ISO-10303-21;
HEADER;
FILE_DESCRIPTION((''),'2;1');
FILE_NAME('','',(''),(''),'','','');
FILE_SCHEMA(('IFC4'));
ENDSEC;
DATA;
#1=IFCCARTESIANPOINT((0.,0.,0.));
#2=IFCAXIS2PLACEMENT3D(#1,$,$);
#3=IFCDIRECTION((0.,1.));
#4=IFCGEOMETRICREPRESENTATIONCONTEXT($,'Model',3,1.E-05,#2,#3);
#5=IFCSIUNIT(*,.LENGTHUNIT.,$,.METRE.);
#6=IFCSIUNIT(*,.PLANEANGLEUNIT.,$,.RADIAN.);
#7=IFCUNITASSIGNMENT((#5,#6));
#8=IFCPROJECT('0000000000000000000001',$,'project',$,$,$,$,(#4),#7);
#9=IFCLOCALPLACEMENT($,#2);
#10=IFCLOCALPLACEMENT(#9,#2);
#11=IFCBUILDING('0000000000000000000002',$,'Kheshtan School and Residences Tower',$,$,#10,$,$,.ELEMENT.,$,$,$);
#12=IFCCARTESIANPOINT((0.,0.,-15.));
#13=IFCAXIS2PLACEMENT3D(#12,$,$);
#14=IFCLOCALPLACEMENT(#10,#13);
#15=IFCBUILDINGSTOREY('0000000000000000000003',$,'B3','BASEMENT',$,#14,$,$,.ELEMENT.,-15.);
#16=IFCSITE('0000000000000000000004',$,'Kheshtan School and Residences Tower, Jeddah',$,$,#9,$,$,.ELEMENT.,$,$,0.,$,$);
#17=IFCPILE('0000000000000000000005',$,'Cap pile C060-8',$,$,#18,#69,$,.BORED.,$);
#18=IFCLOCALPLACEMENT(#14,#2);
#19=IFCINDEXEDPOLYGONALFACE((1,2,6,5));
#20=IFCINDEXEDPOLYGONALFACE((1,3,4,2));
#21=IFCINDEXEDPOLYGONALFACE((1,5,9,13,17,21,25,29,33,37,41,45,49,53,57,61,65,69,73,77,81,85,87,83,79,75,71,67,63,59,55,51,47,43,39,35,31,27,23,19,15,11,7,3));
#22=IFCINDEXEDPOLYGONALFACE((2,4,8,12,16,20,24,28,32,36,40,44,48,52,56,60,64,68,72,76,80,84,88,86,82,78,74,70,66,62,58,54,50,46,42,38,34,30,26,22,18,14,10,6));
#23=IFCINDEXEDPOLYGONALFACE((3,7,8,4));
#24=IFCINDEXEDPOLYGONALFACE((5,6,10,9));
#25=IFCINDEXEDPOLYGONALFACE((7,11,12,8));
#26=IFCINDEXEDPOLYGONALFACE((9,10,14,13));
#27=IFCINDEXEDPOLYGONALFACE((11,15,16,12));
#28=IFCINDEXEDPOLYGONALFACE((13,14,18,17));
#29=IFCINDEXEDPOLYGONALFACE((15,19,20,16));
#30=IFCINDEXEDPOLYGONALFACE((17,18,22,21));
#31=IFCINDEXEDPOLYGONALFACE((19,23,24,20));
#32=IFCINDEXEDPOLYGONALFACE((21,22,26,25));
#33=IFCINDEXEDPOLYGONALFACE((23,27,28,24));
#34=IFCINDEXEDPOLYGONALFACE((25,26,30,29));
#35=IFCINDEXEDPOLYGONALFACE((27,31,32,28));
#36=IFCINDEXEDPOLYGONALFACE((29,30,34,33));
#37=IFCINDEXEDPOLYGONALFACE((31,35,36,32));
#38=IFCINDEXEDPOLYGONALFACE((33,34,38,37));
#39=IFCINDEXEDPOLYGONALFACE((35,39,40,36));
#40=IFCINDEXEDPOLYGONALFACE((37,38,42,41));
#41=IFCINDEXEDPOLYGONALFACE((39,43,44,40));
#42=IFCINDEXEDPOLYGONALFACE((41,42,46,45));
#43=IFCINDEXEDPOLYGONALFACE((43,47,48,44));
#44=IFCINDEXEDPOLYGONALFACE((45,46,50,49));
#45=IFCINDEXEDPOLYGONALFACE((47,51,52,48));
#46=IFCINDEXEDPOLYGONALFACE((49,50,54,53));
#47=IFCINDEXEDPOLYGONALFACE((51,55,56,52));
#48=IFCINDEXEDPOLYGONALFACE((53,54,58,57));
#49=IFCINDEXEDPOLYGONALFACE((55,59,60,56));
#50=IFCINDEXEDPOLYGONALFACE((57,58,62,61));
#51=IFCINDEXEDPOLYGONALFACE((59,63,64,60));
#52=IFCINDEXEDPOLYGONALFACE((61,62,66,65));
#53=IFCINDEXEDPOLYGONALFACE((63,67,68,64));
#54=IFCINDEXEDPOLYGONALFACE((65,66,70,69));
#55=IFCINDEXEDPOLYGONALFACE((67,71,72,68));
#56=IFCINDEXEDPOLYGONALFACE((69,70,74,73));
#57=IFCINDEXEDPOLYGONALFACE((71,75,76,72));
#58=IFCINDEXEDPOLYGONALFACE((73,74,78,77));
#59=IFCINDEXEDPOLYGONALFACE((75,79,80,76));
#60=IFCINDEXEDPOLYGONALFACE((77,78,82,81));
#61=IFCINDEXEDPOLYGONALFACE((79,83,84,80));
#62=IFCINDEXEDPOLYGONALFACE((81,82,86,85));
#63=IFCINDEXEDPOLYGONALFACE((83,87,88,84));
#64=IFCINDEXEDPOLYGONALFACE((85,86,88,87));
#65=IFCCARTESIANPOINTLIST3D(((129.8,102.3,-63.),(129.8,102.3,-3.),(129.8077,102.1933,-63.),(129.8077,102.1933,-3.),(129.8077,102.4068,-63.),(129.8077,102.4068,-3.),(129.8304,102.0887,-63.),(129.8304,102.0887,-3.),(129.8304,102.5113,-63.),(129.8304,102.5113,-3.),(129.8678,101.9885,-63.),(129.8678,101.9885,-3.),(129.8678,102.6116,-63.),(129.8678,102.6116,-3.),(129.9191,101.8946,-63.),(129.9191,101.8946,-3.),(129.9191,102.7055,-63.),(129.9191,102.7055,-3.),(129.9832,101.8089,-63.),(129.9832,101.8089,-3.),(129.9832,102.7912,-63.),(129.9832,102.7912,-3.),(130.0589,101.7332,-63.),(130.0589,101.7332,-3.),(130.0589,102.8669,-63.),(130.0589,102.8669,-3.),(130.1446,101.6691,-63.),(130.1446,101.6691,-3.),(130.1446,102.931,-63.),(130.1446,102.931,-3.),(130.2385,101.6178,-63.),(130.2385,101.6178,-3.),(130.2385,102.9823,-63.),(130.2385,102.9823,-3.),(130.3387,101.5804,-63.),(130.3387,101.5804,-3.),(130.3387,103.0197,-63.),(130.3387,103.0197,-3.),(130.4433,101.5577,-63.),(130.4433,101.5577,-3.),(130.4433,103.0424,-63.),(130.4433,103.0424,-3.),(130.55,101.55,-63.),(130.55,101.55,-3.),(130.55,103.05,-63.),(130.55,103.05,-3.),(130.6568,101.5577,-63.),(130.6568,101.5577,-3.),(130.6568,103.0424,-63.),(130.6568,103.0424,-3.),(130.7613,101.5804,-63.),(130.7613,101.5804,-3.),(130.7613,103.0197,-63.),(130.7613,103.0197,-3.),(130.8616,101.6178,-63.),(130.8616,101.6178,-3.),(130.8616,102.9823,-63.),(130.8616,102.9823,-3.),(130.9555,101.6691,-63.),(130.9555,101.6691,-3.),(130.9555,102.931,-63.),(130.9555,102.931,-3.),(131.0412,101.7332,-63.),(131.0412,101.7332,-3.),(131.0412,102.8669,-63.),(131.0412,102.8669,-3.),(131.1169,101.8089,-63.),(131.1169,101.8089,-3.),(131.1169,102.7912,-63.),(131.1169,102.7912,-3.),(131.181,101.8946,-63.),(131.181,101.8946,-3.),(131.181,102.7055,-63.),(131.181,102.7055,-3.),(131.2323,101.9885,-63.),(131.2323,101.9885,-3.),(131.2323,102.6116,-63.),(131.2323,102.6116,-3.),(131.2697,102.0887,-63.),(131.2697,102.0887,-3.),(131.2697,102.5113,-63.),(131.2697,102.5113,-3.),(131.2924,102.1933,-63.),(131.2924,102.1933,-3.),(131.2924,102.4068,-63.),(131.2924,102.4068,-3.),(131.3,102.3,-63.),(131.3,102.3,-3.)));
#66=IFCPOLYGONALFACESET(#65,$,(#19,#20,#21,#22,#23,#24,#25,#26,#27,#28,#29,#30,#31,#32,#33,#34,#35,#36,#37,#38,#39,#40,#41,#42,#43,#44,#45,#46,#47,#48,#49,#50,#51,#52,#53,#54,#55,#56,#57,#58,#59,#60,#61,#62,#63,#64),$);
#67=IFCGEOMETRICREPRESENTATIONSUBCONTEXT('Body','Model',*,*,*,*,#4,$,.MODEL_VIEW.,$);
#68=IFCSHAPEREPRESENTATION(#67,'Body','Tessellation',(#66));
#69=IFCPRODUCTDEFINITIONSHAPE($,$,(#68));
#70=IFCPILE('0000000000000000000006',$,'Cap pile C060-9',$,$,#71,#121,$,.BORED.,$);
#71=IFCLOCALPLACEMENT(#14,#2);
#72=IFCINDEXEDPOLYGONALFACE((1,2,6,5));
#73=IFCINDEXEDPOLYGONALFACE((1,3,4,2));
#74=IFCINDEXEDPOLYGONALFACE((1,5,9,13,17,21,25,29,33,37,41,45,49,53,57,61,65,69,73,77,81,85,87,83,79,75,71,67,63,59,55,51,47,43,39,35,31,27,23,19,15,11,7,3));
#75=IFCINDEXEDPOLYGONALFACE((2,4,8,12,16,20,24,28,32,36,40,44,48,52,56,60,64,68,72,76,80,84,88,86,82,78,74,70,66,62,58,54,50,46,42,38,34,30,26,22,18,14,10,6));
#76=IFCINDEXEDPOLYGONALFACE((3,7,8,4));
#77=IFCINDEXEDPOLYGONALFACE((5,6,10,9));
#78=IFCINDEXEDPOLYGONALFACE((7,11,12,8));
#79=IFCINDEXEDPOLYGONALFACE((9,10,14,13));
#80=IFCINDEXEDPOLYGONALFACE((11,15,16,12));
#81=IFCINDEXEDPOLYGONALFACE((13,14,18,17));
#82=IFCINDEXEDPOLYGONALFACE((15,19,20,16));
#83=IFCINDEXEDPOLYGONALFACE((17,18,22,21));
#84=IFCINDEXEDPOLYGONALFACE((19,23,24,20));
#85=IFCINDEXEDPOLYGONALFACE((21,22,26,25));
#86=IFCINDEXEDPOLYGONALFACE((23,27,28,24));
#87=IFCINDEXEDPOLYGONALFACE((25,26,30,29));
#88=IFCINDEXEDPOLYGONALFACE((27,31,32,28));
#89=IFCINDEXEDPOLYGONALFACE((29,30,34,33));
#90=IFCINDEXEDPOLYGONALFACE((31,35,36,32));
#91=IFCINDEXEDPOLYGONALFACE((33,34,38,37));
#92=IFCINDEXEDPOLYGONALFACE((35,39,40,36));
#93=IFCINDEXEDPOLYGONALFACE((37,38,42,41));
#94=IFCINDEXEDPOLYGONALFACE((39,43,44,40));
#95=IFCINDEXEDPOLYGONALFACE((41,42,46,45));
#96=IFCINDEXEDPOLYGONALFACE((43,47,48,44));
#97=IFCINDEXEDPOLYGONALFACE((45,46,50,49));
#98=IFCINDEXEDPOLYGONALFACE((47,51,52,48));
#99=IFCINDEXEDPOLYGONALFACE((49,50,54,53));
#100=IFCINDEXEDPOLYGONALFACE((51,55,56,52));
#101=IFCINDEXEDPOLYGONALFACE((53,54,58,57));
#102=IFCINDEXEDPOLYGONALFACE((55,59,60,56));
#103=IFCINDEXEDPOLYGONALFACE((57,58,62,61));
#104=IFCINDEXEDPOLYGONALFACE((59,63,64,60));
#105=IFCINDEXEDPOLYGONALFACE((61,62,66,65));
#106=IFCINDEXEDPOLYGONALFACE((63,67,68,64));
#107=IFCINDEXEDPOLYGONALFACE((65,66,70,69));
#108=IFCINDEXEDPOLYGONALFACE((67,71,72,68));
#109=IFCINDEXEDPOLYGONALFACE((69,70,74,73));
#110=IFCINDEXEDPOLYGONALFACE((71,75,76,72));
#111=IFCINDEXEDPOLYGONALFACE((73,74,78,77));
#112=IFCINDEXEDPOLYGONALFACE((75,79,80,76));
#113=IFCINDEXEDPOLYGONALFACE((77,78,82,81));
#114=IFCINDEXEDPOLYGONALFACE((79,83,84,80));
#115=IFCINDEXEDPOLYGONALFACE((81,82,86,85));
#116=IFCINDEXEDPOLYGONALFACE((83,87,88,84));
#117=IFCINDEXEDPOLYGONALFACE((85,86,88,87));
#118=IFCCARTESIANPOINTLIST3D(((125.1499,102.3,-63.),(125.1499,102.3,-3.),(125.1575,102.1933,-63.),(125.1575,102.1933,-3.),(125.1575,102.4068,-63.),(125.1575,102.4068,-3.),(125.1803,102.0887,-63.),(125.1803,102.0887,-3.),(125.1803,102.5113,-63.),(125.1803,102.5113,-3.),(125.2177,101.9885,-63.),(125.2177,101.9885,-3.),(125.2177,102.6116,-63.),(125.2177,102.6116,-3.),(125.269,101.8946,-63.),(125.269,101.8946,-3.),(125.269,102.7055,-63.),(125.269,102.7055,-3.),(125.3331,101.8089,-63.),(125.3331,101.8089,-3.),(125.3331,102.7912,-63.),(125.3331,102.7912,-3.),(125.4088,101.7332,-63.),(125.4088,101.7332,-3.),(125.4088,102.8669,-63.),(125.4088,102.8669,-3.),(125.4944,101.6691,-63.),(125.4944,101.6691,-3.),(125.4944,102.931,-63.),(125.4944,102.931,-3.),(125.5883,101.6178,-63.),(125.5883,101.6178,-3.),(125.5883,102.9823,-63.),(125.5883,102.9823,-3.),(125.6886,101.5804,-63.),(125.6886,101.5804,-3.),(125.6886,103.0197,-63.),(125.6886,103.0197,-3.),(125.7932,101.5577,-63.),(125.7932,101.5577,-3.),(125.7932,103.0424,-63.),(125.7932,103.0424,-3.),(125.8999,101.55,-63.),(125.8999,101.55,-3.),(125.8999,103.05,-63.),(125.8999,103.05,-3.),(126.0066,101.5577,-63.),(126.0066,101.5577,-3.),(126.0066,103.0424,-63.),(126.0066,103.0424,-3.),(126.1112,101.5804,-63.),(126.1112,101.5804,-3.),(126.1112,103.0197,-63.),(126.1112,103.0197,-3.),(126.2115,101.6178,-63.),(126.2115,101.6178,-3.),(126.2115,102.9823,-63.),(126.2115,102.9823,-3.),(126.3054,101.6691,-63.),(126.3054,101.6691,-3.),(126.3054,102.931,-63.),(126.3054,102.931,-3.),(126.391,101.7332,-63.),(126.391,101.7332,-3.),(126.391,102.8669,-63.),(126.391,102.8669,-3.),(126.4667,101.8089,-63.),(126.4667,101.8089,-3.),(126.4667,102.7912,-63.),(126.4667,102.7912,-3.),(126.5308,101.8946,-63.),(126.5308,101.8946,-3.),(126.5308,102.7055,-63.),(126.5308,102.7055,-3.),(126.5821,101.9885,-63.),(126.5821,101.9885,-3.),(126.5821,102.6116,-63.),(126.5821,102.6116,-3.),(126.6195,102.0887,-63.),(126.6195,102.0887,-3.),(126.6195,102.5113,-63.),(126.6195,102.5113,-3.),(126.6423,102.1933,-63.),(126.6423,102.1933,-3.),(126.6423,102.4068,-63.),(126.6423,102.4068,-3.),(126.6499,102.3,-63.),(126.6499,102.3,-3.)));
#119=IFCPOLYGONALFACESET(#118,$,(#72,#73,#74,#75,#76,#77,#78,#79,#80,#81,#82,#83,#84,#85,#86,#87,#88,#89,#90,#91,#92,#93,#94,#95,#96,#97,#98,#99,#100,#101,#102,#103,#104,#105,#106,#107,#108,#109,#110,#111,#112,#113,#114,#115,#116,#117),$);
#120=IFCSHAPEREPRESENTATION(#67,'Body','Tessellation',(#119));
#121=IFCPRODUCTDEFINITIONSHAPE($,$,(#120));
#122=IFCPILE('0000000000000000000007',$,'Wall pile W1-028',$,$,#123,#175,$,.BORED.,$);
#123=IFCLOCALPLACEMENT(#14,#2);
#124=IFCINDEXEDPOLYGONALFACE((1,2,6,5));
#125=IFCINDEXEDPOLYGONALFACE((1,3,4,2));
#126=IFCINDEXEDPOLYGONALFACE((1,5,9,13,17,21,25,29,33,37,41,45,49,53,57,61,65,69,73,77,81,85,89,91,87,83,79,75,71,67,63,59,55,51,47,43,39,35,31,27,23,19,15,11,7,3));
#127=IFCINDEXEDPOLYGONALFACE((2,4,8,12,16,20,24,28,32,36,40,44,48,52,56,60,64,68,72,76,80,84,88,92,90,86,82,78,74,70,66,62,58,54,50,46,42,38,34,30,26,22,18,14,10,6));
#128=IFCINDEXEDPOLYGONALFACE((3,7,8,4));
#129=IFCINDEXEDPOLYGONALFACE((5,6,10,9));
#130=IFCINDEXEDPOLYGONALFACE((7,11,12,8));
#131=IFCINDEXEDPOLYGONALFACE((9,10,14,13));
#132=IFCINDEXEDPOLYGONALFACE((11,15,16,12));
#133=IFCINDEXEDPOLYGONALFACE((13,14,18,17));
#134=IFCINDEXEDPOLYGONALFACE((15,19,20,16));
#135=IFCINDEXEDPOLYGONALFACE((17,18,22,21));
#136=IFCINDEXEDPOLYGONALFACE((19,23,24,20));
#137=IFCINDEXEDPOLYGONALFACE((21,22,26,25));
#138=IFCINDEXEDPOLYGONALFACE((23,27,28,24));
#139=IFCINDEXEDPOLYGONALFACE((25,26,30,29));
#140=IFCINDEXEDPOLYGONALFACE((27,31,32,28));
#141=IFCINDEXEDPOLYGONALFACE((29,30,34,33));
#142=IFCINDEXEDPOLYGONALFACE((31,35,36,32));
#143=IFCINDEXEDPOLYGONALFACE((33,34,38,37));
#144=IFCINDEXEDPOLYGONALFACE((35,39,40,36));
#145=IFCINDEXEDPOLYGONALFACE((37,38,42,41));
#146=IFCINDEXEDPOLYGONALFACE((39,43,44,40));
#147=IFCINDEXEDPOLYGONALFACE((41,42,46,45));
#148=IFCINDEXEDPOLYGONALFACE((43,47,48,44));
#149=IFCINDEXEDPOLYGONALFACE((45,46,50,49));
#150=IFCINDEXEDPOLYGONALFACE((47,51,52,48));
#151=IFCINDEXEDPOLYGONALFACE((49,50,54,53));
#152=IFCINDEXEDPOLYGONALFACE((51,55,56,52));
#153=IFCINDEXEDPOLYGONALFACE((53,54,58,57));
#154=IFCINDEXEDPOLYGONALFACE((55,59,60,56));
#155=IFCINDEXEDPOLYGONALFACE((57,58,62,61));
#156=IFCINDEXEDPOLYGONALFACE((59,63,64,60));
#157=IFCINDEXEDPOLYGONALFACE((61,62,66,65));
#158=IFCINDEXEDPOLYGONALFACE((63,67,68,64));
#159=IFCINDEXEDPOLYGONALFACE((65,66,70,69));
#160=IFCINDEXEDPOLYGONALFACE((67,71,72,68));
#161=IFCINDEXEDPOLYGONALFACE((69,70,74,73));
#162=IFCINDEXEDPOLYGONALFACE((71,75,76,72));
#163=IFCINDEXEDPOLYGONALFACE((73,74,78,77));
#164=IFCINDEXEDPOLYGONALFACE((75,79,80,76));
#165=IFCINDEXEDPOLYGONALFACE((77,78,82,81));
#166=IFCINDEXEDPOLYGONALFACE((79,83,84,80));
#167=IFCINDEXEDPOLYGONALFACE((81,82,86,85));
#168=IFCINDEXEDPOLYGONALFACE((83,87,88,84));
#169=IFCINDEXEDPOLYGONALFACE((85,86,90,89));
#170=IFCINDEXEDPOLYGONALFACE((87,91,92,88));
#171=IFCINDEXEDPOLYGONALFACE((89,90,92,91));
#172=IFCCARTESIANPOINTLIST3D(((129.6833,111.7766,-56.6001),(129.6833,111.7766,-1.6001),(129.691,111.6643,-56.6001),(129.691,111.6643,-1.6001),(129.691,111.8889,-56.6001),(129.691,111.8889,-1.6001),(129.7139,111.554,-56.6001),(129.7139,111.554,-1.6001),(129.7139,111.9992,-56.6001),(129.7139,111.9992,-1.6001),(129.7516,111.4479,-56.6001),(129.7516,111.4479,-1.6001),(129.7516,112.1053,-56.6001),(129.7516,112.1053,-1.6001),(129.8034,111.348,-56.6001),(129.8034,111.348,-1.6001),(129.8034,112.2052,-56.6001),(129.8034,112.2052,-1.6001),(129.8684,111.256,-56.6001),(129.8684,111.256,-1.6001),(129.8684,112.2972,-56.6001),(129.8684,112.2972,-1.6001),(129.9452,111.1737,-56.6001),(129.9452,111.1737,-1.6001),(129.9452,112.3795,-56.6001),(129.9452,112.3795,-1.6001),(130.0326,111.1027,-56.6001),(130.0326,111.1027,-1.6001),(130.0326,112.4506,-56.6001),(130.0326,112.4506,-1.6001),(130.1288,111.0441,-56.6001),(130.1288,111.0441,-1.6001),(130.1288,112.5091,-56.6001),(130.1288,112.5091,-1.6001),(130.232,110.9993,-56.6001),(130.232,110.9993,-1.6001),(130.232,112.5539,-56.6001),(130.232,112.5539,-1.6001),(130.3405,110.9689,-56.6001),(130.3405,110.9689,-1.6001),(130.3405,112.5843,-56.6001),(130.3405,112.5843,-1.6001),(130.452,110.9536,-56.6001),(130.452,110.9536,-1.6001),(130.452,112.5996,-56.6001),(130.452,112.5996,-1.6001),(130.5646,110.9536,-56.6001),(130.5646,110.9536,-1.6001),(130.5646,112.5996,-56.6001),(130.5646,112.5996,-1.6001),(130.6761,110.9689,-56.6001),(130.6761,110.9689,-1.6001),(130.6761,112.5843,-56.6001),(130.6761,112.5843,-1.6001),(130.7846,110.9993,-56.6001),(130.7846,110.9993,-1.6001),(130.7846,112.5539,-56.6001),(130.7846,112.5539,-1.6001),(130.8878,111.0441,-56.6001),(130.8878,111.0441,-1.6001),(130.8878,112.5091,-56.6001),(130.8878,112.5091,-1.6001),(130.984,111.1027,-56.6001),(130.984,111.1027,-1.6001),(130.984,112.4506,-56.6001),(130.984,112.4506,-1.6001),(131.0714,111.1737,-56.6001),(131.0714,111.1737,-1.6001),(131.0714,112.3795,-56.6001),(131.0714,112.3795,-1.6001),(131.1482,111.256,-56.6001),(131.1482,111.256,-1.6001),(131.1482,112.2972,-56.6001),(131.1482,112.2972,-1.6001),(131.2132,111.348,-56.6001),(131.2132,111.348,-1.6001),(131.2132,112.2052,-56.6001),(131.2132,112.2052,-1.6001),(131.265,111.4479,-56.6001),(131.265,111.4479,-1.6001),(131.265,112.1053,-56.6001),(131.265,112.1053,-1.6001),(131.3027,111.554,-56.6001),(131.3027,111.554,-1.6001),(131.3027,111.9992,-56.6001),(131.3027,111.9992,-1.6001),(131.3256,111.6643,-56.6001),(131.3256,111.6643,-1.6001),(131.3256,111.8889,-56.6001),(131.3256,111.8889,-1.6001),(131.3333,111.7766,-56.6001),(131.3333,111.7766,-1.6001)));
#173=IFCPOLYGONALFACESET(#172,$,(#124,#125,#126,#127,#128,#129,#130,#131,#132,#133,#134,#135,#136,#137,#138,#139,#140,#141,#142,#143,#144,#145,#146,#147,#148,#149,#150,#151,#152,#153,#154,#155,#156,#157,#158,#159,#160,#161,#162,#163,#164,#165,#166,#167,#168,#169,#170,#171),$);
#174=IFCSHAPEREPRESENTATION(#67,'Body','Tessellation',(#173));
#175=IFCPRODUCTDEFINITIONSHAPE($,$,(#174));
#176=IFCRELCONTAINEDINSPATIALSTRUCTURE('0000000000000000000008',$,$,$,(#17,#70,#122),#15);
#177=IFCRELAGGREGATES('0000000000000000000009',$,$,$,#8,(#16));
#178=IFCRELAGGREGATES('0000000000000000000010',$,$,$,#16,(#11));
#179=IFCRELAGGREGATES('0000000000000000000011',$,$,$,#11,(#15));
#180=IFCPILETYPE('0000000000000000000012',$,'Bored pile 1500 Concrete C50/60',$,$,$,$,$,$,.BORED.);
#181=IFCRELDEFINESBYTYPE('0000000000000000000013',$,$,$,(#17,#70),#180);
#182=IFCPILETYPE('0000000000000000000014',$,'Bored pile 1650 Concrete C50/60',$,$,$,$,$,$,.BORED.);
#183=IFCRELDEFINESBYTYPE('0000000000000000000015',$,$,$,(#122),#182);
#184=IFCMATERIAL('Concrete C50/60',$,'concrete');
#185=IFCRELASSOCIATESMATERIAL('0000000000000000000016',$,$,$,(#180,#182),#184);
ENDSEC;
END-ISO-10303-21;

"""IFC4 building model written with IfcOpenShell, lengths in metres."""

from ifc_helpers import new_model, si_unit, direction, frame, origin, origin_2d, place, context, subcontext, project, spatial, circle, extrude, material, material_profile, profile_set, type_object, element, save


model = new_model("IFC4")

# Units and contexts
model_context = context("Model", 3, precision=1e-05, world=origin(), true_north=direction((0.0, 1.0)))
body_context = subcontext(model_context, "Body", "Model", "MODEL_VIEW")
ifc_project = project(units=[si_unit("LENGTHUNIT", "METRE"), si_unit("PLANEANGLEUNIT", "RADIAN")], contexts=[model_context])

# Site, building, storey
site_placement = place(None, origin())
site = spatial("IfcSite", under=ifc_project, at=site_placement, Name="Kheshtan School and Residences Tower, Jeddah", CompositionType="ELEMENT", RefElevation=0.0)
building_placement = place(site_placement, origin())
building = spatial("IfcBuilding", under=site, at=building_placement, Name="Kheshtan School and Residences Tower", CompositionType="ELEMENT")
storey_placement = place(building_placement, frame((0.0, 0.0, -15.0)))
storey = spatial("IfcBuildingStorey", under=building, at=storey_placement, Name="B3", Description="BASEMENT", CompositionType="ELEMENT", Elevation=-15.0)

# Piles
ifc_material_1 = material(Name="Concrete C50/60", Category="concrete")
ifc_material_profile_1 = material_profile(ifc_material_1, circle(Radius=0.75, at=origin_2d()), Name="BP 1500")
ifc_profile_set_1 = profile_set([ifc_material_profile_1], Name="Concrete C50/60")
pile_type_1 = type_object("IfcPileType", Name="Bored pile 1500 Concrete C50/60", PredefinedType="BORED", material=ifc_profile_set_1)
for number, where, z_axis, x_axis, name in (
    (1, (130.55, 102.3, -3.0), (0.0, 0.0, -1.0), (1.0, 0.0, 0.0), "Cap pile C060-8"),
    (2, (125.8999, 102.3, -3.0), (0.0, 0.0, -1.0), (1.0, 0.0, 0.0), "Cap pile C060-9"),
):
    element("IfcPile", number, at=place(storey_placement, frame(where, z_axis=z_axis, x_axis=x_axis)), inside=storey, type_object=pile_type_1, Name=name, PredefinedType="BORED", context=body_context, shape_type="SweptSolid", body=[
        extrude(circle(Radius=0.75, at=origin_2d()), origin(), (0.0, 0.0, 1.0), 60.0),
    ])
ifc_material_profile_2 = material_profile(ifc_material_1, circle(Radius=0.825, at=origin_2d()), Name="BP 1650")
ifc_profile_set_2 = profile_set([ifc_material_profile_2], Name="Concrete C50/60")
pile_type_2 = type_object("IfcPileType", Name="Bored pile 1650 Concrete C50/60", PredefinedType="BORED", material=ifc_profile_set_2)
for number, where, z_axis, x_axis, name in (
    (3, (130.5083, 111.7766, -1.6001), (0.0, 0.0, -1.0), (1.0, 0.0, 0.0), "Wall pile W1-028"),
):
    element("IfcPile", number, at=place(storey_placement, frame(where, z_axis=z_axis, x_axis=x_axis)), inside=storey, type_object=pile_type_2, Name=name, PredefinedType="BORED", context=body_context, shape_type="SweptSolid", body=[
        extrude(circle(Radius=0.825, at=origin_2d()), origin(), (0.0, 0.0, 1.0), 55.0),
    ])

save(model, "model.ifc")
